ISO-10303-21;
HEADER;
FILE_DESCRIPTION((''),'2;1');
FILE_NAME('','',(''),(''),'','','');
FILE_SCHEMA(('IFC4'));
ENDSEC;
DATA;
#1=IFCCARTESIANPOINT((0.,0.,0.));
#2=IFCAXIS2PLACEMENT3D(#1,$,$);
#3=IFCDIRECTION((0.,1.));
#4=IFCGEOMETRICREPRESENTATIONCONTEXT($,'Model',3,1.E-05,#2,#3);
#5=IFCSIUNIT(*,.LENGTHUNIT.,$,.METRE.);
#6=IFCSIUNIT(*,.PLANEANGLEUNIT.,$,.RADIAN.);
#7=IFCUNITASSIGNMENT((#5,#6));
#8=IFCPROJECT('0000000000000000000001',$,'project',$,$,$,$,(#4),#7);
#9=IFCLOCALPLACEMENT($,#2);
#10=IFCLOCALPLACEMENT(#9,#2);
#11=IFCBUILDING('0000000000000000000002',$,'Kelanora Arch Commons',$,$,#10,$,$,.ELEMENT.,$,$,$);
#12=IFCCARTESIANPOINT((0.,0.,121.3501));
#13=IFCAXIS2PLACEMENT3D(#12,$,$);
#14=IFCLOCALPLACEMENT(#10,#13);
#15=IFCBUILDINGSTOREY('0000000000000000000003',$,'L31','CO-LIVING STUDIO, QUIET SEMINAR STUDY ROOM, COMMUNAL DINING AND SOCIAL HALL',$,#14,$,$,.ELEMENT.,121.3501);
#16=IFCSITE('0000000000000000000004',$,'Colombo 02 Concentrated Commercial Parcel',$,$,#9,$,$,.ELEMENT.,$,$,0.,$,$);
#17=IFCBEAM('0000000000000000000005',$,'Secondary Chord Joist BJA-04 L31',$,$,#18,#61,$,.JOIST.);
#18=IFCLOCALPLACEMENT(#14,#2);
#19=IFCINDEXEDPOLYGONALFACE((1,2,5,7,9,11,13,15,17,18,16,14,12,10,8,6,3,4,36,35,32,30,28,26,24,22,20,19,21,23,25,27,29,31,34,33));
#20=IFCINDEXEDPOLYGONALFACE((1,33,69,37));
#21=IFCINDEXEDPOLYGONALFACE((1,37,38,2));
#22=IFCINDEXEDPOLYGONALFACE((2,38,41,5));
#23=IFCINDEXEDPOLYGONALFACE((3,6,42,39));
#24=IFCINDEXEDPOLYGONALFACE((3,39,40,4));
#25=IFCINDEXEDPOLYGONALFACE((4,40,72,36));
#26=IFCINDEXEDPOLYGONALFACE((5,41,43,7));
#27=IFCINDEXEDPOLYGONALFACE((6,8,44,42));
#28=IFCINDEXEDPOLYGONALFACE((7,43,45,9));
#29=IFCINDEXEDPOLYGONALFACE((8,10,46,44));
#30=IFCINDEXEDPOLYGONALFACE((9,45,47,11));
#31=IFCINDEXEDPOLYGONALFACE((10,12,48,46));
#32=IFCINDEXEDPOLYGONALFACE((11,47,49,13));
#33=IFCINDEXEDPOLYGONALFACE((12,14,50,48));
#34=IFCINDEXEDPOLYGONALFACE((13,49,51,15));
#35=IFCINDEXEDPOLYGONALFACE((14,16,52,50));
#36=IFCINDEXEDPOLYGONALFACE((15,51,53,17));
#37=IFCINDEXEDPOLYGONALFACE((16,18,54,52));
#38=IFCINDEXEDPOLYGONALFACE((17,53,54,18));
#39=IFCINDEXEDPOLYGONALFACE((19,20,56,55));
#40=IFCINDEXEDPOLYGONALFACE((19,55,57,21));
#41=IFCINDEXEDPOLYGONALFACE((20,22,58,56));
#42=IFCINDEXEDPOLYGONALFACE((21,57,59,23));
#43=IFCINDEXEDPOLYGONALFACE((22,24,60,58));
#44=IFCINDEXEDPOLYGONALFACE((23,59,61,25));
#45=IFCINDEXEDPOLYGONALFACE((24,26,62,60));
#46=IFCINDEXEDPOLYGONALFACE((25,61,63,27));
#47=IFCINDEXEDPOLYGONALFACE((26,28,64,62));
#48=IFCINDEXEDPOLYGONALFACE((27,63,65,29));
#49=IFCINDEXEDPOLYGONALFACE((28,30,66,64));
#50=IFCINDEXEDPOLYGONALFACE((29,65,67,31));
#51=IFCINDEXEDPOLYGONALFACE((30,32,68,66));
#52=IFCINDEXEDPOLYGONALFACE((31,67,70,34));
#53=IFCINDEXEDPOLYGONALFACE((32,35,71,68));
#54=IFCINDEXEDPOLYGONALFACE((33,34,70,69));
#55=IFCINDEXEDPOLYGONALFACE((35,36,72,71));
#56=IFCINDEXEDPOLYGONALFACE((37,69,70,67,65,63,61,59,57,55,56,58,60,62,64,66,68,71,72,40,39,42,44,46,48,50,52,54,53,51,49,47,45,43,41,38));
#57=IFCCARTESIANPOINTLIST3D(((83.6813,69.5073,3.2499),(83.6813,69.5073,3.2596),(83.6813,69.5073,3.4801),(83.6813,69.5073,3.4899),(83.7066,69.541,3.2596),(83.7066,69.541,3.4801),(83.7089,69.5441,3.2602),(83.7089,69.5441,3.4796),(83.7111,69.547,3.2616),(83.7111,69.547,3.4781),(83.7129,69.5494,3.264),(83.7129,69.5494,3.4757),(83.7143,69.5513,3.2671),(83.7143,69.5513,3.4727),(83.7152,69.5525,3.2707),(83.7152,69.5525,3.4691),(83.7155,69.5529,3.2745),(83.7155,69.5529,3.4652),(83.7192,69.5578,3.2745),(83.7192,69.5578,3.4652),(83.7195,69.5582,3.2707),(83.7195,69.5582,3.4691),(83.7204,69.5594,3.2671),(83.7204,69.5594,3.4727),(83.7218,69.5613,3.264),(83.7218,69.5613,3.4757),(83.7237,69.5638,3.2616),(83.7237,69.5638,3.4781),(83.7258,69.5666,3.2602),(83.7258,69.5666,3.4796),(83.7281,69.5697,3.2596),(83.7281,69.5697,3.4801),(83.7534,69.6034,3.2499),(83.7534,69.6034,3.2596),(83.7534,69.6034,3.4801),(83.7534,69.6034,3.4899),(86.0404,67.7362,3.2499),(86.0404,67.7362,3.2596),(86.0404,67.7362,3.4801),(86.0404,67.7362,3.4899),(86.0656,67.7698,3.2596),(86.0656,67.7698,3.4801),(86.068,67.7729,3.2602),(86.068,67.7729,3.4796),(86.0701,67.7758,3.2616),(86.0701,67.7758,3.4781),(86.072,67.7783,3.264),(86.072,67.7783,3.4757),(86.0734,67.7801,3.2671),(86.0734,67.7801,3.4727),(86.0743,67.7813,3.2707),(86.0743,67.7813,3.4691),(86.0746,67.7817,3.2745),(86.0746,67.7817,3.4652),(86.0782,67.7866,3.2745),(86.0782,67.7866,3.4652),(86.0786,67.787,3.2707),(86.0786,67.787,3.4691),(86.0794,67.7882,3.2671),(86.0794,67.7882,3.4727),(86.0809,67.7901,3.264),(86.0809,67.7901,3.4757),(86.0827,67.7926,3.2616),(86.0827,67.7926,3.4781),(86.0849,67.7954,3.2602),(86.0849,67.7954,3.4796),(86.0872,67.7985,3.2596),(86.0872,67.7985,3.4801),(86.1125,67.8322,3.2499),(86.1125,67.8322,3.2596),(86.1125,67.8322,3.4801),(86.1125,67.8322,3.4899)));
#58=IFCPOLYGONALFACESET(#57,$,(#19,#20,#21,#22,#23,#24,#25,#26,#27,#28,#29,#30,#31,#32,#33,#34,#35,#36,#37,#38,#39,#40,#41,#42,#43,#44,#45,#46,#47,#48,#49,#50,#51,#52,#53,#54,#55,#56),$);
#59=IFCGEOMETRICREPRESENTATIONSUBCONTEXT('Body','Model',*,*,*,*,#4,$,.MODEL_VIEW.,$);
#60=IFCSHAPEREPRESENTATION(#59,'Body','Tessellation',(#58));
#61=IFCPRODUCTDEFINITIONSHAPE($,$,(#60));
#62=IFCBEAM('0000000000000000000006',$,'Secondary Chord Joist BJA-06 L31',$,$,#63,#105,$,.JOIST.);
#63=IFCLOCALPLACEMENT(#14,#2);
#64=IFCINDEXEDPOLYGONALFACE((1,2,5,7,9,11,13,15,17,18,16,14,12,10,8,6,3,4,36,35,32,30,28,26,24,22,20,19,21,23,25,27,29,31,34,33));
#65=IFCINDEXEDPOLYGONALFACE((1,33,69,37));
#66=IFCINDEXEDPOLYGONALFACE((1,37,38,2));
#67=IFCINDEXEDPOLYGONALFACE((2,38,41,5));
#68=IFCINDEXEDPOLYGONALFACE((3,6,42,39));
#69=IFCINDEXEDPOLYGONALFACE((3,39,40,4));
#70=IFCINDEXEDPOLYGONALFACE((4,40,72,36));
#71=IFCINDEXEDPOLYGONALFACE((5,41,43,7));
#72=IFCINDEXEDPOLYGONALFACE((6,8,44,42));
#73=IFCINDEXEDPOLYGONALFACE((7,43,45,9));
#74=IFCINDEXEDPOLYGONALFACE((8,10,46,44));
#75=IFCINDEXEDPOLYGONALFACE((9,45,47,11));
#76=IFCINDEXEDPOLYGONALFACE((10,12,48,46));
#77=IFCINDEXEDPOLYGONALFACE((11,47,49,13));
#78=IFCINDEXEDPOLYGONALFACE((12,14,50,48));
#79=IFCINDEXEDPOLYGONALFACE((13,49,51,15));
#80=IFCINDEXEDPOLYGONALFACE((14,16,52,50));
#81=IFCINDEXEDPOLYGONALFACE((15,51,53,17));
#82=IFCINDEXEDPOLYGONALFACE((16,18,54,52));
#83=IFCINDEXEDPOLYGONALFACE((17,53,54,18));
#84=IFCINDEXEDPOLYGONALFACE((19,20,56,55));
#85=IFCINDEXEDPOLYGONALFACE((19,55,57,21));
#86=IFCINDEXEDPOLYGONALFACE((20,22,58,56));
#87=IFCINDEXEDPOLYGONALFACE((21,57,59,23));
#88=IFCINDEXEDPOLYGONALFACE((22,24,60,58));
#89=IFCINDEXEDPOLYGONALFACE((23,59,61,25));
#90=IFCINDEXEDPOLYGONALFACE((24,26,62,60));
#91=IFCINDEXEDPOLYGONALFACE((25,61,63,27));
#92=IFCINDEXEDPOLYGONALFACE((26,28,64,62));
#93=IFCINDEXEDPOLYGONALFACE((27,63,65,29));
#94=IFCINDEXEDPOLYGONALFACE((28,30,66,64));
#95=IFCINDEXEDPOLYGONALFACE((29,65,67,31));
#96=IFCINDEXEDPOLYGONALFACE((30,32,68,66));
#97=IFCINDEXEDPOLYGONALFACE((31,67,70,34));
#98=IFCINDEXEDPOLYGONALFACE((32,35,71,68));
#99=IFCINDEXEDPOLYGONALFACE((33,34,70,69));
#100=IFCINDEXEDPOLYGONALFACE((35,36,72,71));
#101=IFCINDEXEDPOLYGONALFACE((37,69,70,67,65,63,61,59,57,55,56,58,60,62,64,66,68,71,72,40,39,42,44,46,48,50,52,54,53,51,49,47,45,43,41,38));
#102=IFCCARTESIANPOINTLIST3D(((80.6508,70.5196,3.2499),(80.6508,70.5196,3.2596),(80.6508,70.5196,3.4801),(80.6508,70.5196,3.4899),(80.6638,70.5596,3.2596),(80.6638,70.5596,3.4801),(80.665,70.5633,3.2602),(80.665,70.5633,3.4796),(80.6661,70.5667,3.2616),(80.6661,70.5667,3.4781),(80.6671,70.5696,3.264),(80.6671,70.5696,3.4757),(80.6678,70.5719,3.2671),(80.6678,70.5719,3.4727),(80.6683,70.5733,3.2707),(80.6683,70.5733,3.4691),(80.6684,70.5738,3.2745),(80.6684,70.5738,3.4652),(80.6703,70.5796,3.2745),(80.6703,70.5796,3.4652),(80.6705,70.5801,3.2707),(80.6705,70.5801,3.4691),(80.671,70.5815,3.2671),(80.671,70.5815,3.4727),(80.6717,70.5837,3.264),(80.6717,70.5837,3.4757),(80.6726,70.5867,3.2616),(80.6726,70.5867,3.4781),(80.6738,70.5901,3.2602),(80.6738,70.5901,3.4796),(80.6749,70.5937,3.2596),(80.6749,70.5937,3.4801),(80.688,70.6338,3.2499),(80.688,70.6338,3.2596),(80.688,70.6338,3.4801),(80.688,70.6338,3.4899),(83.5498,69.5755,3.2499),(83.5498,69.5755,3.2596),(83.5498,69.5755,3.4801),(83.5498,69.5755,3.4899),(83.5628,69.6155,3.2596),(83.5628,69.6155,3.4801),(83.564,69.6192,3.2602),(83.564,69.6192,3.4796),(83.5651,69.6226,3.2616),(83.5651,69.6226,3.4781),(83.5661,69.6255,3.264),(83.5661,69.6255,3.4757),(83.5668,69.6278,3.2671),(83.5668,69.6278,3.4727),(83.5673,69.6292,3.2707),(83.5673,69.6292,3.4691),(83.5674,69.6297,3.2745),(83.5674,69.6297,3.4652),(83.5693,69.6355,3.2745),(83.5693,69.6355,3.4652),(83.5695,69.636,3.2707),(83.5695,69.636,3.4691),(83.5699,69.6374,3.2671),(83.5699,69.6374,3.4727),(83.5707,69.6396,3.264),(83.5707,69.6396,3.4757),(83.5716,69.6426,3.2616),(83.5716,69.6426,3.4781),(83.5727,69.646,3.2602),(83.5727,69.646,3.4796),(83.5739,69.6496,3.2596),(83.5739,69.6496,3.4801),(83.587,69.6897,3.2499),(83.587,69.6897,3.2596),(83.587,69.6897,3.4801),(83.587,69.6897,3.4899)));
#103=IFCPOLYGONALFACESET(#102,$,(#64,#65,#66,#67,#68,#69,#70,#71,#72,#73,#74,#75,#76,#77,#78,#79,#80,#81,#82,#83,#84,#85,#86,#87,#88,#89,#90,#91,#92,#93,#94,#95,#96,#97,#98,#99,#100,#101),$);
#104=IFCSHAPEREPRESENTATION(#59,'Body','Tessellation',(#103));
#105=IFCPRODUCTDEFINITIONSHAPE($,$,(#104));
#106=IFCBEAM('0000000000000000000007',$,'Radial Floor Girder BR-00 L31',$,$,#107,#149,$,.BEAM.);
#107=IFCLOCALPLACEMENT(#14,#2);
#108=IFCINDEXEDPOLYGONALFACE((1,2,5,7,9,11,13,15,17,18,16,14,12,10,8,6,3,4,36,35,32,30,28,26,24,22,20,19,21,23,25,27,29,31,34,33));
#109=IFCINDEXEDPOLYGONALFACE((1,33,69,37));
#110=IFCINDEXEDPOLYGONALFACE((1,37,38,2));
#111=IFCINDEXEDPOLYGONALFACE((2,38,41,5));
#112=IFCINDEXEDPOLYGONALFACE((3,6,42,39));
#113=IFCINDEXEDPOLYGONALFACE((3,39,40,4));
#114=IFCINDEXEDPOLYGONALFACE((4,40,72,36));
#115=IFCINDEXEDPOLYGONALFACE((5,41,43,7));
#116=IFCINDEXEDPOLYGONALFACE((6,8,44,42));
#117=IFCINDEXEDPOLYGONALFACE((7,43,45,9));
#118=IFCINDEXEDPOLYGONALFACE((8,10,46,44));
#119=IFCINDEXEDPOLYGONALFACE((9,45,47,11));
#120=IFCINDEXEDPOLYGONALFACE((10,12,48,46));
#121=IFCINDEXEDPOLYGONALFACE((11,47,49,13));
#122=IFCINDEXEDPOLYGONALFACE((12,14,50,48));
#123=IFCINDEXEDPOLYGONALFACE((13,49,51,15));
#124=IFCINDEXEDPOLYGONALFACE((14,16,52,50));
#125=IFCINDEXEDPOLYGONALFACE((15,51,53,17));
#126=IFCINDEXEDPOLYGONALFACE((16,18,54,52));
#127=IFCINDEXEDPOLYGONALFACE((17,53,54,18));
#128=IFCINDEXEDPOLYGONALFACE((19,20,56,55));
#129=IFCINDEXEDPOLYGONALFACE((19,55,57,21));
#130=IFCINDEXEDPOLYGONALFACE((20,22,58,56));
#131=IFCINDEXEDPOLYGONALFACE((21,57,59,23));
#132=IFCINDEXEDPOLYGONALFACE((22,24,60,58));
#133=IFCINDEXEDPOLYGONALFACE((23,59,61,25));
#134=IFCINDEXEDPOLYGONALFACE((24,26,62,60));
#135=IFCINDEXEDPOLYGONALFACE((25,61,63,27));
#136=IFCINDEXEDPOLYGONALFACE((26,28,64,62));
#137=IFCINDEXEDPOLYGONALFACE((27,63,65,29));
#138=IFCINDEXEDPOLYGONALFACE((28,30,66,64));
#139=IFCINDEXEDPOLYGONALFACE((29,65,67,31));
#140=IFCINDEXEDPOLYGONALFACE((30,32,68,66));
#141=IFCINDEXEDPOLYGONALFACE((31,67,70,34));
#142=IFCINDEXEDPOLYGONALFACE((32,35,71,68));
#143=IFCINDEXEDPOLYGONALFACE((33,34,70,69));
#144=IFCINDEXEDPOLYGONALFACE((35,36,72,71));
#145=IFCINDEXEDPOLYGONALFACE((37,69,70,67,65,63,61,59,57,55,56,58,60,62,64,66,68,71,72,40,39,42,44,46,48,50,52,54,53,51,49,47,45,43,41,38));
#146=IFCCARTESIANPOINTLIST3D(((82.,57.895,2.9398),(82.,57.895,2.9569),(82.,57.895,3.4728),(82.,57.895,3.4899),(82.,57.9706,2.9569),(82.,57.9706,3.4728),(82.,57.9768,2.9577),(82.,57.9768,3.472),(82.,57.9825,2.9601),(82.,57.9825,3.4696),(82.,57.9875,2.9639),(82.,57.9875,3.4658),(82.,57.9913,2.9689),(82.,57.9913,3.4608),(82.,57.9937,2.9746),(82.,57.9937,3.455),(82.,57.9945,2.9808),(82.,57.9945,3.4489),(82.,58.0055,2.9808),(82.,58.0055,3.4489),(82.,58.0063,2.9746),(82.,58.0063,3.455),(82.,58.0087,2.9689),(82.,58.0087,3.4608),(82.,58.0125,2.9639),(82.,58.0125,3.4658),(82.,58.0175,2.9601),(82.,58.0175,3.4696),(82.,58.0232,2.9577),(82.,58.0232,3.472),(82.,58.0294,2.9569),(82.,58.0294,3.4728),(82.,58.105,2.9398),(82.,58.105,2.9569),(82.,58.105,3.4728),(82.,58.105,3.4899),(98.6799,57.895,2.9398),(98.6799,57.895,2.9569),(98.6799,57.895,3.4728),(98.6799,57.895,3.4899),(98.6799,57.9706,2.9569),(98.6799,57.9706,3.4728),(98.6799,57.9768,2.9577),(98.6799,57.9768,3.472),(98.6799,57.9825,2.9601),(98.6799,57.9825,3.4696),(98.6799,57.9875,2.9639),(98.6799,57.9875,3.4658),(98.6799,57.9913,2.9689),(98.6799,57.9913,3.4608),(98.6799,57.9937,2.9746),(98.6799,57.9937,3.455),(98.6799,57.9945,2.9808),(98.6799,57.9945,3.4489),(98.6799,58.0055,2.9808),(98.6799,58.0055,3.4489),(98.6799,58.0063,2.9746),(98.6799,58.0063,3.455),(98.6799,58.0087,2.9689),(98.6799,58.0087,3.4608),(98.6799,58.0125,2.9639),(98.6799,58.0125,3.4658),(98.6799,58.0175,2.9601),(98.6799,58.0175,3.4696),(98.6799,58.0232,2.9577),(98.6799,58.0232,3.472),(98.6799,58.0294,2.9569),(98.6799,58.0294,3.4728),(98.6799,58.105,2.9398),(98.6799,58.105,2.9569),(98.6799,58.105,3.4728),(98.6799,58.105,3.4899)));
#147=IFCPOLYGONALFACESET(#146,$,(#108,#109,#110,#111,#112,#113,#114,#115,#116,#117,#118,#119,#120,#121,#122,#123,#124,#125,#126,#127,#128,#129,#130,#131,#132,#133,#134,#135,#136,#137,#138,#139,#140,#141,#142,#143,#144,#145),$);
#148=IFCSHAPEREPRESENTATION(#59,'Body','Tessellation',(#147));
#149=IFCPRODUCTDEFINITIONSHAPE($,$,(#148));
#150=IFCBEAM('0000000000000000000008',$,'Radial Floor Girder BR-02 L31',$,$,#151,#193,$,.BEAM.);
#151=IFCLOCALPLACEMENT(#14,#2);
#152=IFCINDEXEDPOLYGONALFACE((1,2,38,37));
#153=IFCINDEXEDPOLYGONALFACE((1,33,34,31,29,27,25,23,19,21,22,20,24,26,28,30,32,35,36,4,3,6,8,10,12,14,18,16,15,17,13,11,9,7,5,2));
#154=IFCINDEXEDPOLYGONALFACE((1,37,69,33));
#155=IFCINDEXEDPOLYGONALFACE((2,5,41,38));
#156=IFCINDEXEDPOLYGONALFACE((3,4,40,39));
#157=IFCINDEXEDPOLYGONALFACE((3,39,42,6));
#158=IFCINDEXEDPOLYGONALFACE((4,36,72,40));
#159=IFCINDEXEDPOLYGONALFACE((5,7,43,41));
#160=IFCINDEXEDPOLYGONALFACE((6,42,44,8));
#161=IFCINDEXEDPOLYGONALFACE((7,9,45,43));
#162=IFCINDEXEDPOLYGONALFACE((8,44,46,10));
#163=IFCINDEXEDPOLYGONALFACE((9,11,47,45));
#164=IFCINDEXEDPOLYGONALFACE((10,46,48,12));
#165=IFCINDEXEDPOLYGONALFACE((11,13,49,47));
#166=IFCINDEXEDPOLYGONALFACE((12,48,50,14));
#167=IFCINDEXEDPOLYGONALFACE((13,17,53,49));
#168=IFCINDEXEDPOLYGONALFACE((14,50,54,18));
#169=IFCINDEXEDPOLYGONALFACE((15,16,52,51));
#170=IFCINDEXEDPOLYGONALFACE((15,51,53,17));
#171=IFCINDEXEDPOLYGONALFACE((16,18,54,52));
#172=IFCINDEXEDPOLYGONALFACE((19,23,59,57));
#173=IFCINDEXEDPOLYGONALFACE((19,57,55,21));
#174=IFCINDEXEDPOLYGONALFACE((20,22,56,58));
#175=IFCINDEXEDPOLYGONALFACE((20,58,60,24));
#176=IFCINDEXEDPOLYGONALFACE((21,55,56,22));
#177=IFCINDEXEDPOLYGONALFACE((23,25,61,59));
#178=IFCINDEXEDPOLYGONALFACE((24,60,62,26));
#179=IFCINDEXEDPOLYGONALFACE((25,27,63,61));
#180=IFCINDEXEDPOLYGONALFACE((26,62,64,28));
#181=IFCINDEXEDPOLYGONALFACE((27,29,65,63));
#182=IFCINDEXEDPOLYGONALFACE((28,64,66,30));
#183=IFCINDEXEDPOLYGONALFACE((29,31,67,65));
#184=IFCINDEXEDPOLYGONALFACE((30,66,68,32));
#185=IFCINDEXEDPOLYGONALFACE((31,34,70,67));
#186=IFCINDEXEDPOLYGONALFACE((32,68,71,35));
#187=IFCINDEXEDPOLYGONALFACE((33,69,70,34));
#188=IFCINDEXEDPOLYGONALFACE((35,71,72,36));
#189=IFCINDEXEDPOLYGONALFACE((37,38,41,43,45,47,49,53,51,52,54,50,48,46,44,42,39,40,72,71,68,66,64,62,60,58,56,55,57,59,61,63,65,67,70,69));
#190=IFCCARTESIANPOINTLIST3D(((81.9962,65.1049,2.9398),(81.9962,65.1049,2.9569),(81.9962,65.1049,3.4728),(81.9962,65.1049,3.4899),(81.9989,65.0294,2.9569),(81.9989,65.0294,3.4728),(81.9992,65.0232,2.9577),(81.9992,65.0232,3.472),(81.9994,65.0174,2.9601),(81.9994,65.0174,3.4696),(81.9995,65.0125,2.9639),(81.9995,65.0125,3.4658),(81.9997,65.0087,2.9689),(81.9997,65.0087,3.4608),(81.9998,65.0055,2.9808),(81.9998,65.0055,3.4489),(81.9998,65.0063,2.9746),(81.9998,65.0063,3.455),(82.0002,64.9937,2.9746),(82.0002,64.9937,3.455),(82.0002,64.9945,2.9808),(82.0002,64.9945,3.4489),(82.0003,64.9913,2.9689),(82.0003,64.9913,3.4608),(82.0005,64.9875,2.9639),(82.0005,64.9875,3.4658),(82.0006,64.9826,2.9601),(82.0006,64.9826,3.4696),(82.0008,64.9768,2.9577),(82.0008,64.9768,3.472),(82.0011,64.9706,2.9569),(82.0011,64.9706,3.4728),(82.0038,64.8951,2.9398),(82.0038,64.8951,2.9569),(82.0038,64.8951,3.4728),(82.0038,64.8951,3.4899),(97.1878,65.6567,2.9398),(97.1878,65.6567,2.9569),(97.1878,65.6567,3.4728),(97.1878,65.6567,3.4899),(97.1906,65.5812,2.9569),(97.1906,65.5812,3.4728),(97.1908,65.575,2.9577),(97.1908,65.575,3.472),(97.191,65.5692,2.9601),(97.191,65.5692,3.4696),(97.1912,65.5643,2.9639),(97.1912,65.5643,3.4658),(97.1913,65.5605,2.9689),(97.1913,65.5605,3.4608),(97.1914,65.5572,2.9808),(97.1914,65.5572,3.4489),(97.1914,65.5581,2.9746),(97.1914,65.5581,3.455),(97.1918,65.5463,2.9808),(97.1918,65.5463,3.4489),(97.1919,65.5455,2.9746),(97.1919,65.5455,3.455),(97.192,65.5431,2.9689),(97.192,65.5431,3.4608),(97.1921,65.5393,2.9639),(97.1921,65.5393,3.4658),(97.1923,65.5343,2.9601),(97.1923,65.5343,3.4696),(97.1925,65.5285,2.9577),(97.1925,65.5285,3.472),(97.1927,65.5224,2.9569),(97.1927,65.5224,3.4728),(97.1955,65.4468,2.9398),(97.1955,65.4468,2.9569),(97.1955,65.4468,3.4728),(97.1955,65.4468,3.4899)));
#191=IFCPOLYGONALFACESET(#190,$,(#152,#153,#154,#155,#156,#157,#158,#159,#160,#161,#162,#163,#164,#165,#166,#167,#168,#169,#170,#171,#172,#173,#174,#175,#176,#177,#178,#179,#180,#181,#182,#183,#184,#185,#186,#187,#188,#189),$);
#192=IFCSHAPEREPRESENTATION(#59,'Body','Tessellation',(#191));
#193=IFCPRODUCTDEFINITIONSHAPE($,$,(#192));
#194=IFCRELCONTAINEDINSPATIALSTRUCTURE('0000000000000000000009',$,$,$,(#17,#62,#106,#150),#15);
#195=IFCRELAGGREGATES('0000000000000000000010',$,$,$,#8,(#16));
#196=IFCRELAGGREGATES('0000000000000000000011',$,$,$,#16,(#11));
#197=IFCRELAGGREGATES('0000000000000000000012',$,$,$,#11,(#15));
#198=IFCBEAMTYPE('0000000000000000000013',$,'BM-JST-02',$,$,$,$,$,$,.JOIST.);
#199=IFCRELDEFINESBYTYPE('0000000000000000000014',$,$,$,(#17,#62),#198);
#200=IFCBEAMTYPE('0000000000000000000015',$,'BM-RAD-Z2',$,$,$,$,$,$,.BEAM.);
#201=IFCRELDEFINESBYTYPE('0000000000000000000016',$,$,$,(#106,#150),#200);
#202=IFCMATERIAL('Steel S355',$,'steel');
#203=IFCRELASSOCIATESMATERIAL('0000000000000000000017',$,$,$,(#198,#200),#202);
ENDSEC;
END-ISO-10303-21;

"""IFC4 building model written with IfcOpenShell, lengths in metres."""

from ifc_helpers import new_model, si_unit, direction, frame, origin, origin_2d, place, context, subcontext, project, spatial, i_section, extrude, material, material_profile, profile_set, type_object, element, save


model = new_model("IFC4")

# Units and contexts
model_context = context("Model", 3, precision=1e-05, world=origin(), true_north=direction((0.0, 1.0)))
body_context = subcontext(model_context, "Body", "Model", "MODEL_VIEW")
ifc_project = project(units=[si_unit("LENGTHUNIT", "METRE"), si_unit("PLANEANGLEUNIT", "RADIAN")], contexts=[model_context])

# Site, building, storey
site_placement = place(None, origin())
site = spatial("IfcSite", under=ifc_project, at=site_placement, Name="Colombo 02 Concentrated Commercial Parcel", CompositionType="ELEMENT", RefElevation=0.0)
building_placement = place(site_placement, origin())
building = spatial("IfcBuilding", under=site, at=building_placement, Name="Kelanora Arch Commons", CompositionType="ELEMENT")
storey_placement = place(building_placement, frame((0.0, 0.0, 121.3501)))
storey = spatial("IfcBuildingStorey", under=building, at=storey_placement, Name="L31", Description="CO-LIVING STUDIO, QUIET SEMINAR STUDY ROOM, COMMUNAL DINING AND SOCIAL HALL", CompositionType="ELEMENT", Elevation=121.3501)

# Beams
ifc_material_1 = material(Name="Steel S355", Category="steel")
ifc_material_profile_1 = material_profile(ifc_material_1, i_section(OverallWidth=0.1201, OverallDepth=0.24, WebThickness=0.0061, FlangeThickness=0.0098, FilletRadius=0.0149, at=origin_2d()), Name="IPE240")
ifc_profile_set_1 = profile_set([ifc_material_profile_1], Name="Steel S355")
beam_type_1 = type_object("IfcBeamType", Name="BM-JST-02", PredefinedType="JOIST", material=ifc_profile_set_1)
beam_1_placement = place(storey_placement, frame((86.0764, 67.7842, 3.3699), z_axis=(-0.799692, 0.60041, 0.0), x_axis=(-0.60041, -0.799692, 0.0)))
element("IfcBeam", 1, at=beam_1_placement, inside=storey, type_object=beam_type_1, Name="Secondary Chord Joist BJA-04 L31", PredefinedType="JOIST", context=body_context, shape_type="SweptSolid", body=[
    extrude(i_section(OverallWidth=0.1201, OverallDepth=0.24, WebThickness=0.0061, FlangeThickness=0.0098, FilletRadius=0.0149, at=origin_2d()), origin(), (0.0, 0.0, 1.0), 2.95),
])
beam_2_placement = place(storey_placement, frame((83.5684, 69.6326, 3.3699), z_axis=(-0.950847, 0.309662, 0.0), x_axis=(-0.309662, -0.950847, 0.0)))
element("IfcBeam", 2, at=beam_2_placement, inside=storey, type_object=beam_type_1, Name="Secondary Chord Joist BJA-06 L31", PredefinedType="JOIST", context=body_context, shape_type="SweptSolid", body=[
    extrude(i_section(OverallWidth=0.1201, OverallDepth=0.24, WebThickness=0.0061, FlangeThickness=0.0098, FilletRadius=0.0149, at=origin_2d()), origin(), (0.0, 0.0, 1.0), 3.0488),
])
ifc_material_profile_2 = material_profile(ifc_material_1, i_section(OverallWidth=0.21, OverallDepth=0.55, WebThickness=0.011, FlangeThickness=0.0171, FilletRadius=0.0239, at=origin_2d()), Name="IPE550")
ifc_profile_set_2 = profile_set([ifc_material_profile_2], Name="Steel S355")
beam_type_2 = type_object("IfcBeamType", Name="BM-RAD-Z2", PredefinedType="BEAM", material=ifc_profile_set_2)
beam_3_placement = place(storey_placement, frame((82.0, 58.0, 3.2148), z_axis=(1.0, 0.0, 0.0), x_axis=(0.0, 1.0, 0.0)))
element("IfcBeam", 3, at=beam_3_placement, inside=storey, type_object=beam_type_2, Name="Radial Floor Girder BR-00 L31", PredefinedType="BEAM", context=body_context, shape_type="SweptSolid", body=[
    extrude(i_section(OverallWidth=0.21, OverallDepth=0.55, WebThickness=0.011, FlangeThickness=0.0171, FilletRadius=0.0239, at=origin_2d()), origin(), (0.0, 0.0, 1.0), 16.6799),
])
beam_4_placement = place(storey_placement, frame((82.0, 65.0, 3.2148), z_axis=(0.999341, 0.036296, 0.0), x_axis=(-0.036296, 0.999341, 0.0)))
element("IfcBeam", 4, at=beam_4_placement, inside=storey, type_object=beam_type_2, Name="Radial Floor Girder BR-02 L31", PredefinedType="BEAM", context=body_context, shape_type="SweptSolid", body=[
    extrude(i_section(OverallWidth=0.21, OverallDepth=0.55, WebThickness=0.011, FlangeThickness=0.0171, FilletRadius=0.0239, at=origin_2d()), origin(), (0.0, 0.0, 1.0), 15.2017),
])

save(model, "model.ifc")
